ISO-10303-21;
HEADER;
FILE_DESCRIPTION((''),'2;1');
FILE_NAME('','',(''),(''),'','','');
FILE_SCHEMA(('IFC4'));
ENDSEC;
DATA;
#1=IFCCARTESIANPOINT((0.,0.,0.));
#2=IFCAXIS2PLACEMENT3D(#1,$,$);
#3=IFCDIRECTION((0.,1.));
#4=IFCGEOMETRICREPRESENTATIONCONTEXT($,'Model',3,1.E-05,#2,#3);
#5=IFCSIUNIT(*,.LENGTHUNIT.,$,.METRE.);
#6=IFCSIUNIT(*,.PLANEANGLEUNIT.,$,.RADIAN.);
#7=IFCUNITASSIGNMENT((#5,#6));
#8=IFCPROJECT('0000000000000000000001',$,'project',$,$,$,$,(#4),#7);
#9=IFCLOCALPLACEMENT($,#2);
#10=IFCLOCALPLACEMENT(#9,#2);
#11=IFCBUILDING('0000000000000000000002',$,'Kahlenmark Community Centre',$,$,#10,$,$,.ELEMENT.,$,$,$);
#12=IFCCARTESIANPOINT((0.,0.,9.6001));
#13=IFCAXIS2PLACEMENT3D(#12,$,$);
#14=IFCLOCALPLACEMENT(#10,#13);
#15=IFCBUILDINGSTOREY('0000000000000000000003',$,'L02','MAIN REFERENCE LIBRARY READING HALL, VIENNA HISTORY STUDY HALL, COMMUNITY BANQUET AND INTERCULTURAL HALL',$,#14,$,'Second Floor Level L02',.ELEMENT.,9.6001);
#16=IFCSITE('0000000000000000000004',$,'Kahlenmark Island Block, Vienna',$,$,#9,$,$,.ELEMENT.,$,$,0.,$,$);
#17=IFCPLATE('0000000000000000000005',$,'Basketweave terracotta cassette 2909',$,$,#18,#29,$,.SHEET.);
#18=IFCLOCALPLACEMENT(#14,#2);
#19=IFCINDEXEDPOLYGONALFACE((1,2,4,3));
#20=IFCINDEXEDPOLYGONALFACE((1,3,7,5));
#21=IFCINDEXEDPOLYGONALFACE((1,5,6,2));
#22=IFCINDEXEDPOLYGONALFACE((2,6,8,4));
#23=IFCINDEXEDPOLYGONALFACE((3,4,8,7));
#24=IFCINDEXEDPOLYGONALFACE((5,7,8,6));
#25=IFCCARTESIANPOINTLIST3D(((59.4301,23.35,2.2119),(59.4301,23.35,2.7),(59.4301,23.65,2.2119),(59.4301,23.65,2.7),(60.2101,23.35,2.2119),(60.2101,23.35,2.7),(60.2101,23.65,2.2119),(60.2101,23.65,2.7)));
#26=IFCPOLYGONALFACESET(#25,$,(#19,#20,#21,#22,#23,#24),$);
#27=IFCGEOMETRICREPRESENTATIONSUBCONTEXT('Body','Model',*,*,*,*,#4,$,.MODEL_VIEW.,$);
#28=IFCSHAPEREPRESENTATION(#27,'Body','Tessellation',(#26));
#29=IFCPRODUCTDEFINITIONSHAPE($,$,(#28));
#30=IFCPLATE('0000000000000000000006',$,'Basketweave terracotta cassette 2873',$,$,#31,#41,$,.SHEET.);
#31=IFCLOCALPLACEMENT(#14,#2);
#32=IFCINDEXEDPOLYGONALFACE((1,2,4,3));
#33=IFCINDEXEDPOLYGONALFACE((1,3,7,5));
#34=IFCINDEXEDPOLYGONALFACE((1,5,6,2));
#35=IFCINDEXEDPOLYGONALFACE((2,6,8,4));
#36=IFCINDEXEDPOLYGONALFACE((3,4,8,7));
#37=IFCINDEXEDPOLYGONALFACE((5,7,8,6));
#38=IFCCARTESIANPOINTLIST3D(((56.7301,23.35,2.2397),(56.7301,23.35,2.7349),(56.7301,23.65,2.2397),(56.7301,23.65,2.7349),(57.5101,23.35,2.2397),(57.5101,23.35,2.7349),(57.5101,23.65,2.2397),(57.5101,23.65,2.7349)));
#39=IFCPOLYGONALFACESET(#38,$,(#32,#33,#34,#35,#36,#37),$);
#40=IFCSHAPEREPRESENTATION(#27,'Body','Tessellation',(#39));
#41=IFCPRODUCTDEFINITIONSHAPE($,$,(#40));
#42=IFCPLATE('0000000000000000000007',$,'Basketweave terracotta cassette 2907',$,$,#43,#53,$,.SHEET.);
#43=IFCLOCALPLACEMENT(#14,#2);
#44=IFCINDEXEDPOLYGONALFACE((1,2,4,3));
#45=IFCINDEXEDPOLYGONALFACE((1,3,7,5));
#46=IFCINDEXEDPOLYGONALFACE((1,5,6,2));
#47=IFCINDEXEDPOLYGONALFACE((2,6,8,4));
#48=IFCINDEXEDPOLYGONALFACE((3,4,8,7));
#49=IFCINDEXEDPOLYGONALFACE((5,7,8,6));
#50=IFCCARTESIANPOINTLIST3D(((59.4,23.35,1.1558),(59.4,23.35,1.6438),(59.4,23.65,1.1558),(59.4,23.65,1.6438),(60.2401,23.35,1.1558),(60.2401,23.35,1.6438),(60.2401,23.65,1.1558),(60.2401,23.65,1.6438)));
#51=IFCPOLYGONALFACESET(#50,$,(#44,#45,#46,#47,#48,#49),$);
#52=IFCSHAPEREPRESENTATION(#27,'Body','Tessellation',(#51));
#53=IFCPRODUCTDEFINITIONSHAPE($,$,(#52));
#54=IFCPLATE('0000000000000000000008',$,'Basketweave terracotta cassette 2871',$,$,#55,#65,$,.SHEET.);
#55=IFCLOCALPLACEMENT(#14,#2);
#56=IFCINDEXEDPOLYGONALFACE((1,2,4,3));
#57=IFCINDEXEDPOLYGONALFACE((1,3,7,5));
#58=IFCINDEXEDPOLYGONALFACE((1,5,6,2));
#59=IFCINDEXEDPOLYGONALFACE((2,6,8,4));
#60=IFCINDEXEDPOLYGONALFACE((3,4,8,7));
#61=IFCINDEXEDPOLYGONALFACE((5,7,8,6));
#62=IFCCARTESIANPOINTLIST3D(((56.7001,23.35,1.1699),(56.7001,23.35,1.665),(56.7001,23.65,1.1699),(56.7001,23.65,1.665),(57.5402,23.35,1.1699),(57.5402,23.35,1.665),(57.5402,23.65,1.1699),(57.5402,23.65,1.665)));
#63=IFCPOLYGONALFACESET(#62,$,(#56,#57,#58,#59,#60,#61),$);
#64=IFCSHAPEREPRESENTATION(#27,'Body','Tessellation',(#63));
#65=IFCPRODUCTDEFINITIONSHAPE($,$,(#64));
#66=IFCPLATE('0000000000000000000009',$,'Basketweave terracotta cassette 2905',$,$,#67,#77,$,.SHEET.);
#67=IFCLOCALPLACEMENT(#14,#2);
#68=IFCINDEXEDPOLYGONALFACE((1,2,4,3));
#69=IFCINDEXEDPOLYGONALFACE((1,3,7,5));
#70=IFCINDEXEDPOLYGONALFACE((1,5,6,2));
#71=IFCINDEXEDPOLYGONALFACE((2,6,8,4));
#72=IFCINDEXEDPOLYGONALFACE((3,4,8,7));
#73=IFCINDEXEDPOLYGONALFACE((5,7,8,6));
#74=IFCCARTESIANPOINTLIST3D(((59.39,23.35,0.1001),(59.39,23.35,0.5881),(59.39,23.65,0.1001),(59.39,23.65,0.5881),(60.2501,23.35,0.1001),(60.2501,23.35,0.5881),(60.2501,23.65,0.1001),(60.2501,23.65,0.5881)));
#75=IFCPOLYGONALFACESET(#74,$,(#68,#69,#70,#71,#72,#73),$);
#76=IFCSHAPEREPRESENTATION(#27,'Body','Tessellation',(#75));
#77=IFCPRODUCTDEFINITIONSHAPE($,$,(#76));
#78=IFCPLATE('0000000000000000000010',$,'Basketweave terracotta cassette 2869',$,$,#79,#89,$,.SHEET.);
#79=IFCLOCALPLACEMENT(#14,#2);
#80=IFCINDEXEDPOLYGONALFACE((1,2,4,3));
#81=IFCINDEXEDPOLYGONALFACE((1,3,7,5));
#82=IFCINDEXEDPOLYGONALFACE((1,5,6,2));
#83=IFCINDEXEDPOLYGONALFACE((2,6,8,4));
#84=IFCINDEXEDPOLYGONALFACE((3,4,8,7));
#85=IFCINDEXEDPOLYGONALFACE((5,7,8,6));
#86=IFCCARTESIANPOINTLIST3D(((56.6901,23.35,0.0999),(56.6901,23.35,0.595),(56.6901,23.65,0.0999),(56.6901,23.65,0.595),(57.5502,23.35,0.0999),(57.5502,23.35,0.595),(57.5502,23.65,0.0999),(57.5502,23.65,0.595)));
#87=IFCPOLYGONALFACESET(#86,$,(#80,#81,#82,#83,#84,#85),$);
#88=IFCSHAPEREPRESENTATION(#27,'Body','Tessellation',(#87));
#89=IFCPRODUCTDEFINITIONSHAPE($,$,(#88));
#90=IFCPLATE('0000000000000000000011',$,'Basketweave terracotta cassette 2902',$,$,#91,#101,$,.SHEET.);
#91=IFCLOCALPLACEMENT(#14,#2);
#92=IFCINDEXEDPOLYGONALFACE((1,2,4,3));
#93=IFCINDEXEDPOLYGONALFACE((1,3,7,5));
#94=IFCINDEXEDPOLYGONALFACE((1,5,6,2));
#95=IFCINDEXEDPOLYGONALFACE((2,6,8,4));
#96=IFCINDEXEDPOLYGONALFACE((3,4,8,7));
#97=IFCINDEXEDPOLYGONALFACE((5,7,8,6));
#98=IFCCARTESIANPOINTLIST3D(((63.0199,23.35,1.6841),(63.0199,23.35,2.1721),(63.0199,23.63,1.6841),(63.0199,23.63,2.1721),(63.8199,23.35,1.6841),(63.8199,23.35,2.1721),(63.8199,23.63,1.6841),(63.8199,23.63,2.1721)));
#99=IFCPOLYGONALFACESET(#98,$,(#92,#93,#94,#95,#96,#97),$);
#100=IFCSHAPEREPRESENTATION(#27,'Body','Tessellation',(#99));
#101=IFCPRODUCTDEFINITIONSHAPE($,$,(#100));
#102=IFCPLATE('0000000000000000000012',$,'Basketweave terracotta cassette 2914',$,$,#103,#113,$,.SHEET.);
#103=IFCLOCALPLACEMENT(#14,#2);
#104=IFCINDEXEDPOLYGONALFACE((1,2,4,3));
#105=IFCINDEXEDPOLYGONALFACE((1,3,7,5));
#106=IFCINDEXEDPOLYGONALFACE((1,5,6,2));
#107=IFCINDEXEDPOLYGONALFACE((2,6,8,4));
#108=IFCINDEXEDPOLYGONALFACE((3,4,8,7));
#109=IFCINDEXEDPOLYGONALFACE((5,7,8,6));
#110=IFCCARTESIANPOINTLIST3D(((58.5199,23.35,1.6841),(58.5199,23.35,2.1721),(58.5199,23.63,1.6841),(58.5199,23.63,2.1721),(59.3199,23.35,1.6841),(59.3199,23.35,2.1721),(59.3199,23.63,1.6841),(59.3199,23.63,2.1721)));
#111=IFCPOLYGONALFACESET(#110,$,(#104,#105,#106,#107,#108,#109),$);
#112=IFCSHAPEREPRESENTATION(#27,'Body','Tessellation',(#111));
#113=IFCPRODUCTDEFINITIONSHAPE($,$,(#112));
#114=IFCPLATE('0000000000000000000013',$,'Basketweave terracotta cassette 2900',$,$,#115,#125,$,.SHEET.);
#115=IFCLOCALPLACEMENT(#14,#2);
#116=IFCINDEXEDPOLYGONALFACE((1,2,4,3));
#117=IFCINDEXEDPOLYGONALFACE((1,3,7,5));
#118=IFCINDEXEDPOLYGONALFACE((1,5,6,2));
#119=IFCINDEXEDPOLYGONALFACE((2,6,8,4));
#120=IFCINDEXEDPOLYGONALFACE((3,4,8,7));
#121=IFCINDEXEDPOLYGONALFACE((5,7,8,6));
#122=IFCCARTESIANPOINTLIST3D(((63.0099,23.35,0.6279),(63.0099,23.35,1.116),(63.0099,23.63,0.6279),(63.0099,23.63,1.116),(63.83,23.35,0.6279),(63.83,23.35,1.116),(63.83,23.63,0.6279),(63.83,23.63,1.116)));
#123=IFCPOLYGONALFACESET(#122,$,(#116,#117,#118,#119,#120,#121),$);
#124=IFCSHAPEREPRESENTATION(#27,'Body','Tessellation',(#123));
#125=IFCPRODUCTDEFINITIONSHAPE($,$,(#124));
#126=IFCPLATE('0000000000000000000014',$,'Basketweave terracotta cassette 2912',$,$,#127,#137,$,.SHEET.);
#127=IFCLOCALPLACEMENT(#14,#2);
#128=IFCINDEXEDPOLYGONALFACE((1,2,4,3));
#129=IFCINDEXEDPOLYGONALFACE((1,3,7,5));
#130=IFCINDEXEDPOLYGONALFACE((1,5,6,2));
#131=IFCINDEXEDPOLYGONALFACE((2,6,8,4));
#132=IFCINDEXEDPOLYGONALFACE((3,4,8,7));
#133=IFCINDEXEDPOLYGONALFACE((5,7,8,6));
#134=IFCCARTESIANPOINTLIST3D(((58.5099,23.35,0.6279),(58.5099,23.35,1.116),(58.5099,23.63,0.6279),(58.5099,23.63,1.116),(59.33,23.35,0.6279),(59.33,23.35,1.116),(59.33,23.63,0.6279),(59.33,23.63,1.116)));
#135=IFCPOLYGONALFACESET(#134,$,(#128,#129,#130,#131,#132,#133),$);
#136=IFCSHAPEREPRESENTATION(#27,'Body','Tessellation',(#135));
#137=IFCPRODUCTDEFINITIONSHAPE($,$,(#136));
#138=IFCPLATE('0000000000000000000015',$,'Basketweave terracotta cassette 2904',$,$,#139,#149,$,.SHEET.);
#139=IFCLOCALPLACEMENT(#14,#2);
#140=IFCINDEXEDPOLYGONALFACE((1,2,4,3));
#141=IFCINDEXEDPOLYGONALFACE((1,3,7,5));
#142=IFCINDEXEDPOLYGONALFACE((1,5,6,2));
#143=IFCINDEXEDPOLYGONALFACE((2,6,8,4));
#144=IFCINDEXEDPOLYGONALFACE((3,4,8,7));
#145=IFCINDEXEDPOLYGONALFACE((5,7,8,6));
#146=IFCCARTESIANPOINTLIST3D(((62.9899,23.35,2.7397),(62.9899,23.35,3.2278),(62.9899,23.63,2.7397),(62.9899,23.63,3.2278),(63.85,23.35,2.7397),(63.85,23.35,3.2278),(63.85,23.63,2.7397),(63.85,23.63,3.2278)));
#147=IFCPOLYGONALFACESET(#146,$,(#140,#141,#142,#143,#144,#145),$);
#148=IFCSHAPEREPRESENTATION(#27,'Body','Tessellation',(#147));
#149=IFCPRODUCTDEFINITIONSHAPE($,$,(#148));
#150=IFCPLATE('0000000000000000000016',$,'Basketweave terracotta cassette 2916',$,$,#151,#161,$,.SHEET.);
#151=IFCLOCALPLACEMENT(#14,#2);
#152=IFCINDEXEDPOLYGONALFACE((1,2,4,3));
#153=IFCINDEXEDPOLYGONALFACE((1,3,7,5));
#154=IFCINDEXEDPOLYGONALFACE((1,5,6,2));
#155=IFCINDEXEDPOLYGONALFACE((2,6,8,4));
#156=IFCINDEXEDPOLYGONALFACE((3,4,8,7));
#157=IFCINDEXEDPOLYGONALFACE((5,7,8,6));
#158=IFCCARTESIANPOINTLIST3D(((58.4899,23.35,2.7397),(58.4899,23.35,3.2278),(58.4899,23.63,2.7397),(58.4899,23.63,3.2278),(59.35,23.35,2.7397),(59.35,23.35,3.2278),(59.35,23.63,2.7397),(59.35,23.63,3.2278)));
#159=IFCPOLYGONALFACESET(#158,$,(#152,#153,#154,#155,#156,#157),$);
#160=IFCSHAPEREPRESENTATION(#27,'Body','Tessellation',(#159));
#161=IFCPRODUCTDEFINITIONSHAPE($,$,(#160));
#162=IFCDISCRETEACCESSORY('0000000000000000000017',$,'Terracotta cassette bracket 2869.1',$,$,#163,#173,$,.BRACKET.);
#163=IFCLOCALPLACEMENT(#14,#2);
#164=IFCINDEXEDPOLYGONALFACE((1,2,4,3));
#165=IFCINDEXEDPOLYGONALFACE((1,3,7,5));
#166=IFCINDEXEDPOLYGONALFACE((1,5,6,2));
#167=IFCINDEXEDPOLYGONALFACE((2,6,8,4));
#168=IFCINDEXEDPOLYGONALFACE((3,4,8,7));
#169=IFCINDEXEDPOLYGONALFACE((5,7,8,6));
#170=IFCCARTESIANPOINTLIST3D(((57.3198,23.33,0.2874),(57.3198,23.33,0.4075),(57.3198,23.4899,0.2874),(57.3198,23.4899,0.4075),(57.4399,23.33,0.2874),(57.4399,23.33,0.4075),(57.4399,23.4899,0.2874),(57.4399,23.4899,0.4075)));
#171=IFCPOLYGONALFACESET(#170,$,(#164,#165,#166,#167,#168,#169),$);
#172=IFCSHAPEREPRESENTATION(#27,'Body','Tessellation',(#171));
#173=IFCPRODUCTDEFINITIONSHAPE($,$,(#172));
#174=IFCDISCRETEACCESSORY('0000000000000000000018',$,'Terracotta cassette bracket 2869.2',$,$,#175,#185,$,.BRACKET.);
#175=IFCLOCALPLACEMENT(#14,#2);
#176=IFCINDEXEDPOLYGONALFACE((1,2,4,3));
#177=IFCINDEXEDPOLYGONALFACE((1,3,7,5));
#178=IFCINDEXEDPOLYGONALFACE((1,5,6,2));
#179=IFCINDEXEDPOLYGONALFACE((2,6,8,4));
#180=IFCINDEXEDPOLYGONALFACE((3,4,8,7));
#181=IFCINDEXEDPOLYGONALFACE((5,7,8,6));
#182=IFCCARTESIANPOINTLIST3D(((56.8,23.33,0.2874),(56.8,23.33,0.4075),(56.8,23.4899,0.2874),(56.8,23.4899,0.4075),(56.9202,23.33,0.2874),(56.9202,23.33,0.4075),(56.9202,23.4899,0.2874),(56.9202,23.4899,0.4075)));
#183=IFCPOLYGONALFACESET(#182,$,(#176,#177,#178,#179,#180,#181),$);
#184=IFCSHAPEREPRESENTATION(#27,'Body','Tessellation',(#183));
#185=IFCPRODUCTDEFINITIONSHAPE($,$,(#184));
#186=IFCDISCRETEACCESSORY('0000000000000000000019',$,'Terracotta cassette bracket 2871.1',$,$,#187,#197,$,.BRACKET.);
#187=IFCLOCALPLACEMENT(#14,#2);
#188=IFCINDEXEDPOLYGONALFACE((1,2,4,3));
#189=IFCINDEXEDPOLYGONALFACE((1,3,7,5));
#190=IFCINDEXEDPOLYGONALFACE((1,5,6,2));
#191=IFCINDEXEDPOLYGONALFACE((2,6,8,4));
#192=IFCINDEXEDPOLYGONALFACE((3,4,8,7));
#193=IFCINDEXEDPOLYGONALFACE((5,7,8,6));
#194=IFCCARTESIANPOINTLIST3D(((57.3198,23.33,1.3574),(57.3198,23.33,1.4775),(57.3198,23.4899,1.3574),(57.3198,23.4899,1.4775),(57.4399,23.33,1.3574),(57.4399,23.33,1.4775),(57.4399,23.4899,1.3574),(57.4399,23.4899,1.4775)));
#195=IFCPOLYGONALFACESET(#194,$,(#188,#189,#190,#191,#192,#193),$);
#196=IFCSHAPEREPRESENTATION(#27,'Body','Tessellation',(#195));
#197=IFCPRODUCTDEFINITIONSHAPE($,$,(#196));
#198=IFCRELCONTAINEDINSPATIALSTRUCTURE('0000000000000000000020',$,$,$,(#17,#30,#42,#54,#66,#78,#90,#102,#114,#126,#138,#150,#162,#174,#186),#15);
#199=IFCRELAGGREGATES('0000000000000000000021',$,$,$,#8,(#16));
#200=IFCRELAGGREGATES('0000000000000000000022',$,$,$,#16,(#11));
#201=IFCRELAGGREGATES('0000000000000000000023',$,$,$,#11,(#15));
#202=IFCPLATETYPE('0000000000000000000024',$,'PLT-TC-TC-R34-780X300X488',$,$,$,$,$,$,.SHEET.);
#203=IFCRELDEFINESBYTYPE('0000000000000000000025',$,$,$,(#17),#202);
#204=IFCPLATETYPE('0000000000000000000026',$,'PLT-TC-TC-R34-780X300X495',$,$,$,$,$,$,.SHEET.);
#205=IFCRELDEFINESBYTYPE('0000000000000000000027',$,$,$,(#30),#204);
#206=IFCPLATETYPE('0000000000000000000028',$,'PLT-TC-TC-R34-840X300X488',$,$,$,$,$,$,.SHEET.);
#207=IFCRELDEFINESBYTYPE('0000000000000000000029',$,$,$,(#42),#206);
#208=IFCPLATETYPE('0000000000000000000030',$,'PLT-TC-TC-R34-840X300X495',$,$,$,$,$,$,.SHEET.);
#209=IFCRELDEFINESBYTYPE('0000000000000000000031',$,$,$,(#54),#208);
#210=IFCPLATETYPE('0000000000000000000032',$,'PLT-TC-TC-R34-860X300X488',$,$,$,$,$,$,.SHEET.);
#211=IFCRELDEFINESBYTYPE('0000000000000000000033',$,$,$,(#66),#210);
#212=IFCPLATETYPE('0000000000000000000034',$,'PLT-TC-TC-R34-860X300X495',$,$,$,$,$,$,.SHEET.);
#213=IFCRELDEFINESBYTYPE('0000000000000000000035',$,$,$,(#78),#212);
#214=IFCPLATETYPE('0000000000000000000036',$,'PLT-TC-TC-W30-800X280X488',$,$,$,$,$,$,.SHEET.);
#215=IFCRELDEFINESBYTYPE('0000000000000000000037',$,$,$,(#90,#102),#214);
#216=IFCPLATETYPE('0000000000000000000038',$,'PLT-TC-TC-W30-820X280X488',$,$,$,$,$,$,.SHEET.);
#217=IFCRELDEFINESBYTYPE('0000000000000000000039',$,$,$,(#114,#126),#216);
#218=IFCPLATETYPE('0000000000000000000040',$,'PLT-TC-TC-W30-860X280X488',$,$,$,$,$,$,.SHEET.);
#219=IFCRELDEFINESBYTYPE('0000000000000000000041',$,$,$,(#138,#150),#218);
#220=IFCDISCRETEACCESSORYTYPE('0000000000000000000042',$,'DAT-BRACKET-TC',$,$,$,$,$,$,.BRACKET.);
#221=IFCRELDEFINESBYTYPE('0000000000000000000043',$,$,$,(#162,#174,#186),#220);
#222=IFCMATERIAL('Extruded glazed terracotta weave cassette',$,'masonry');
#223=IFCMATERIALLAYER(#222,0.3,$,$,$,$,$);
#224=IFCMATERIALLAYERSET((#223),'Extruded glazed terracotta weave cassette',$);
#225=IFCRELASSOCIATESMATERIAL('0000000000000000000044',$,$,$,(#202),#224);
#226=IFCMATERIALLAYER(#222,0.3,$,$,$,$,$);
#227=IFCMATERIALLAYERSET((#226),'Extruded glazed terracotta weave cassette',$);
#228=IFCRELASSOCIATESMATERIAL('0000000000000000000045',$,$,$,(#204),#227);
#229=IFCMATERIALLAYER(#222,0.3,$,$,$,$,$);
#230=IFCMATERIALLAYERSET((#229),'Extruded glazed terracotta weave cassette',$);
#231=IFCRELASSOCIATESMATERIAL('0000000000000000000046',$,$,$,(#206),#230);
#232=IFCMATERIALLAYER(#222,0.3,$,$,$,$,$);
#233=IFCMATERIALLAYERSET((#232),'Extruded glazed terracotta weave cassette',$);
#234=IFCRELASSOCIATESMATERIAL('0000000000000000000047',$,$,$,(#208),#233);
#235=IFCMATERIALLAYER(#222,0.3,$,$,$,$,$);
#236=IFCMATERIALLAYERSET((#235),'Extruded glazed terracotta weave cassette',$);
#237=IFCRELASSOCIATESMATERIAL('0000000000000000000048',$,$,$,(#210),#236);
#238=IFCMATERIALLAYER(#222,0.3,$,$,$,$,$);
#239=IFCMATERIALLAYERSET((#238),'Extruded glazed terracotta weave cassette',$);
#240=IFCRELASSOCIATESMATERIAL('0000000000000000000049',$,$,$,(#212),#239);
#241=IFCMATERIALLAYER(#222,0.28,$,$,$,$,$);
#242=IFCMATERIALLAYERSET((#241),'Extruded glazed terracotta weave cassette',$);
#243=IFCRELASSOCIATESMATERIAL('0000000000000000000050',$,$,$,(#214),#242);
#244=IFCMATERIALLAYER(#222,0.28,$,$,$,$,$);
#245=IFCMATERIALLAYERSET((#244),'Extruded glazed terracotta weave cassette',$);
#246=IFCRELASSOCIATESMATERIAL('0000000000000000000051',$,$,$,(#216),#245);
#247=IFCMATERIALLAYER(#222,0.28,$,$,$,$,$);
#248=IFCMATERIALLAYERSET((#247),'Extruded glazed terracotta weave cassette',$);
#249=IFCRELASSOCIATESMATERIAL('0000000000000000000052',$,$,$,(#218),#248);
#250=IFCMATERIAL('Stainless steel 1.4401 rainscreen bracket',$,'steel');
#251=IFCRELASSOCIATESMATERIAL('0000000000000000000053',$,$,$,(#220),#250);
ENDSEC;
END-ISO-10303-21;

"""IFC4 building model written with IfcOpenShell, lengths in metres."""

from ifc_helpers import new_model, si_unit, direction, frame, origin, origin_2d, place, context, subcontext, project, spatial, rectangle, extrude, material, layer, layer_set, type_object, element, save


model = new_model("IFC4")

# Units and contexts
model_context = context("Model", 3, precision=1e-05, world=origin(), true_north=direction((0.0, 1.0)))
body_context = subcontext(model_context, "Body", "Model", "MODEL_VIEW")
ifc_project = project(units=[si_unit("LENGTHUNIT", "METRE"), si_unit("PLANEANGLEUNIT", "RADIAN")], contexts=[model_context])

# Site, building, storey
site_placement = place(None, origin())
site = spatial("IfcSite", under=ifc_project, at=site_placement, Name="Kahlenmark Island Block, Vienna", CompositionType="ELEMENT", RefElevation=0.0)
building_placement = place(site_placement, origin())
building = spatial("IfcBuilding", under=site, at=building_placement, Name="Kahlenmark Community Centre", CompositionType="ELEMENT")
storey_placement = place(building_placement, frame((0.0, 0.0, 9.6001)))
storey = spatial("IfcBuildingStorey", under=building, at=storey_placement, Name="L02", Description="MAIN REFERENCE LIBRARY READING HALL, VIENNA HISTORY STUDY HALL, COMMUNITY BANQUET AND INTERCULTURAL HALL", LongName="Second Floor Level L02", CompositionType="ELEMENT", Elevation=9.6001)

# Plates
ifc_material_1 = material(Name="Extruded glazed terracotta weave cassette", Category="masonry")
ifc_layer_1 = layer(ifc_material_1, 0.3)
ifc_layer_set_1 = layer_set([ifc_layer_1], Name="Extruded glazed terracotta weave cassette")
plate_type_1 = type_object("IfcPlateType", Name="PLT-TC-TC-R34-780X300X488", PredefinedType="SHEET", material=ifc_layer_set_1)
plate_1_placement = place(storey_placement, frame((59.8201, 23.5, 2.2119), z_axis=(0.0, 0.0, 1.0), x_axis=(-1.0, 0.0, 0.0)))
element("IfcPlate", 1, at=plate_1_placement, inside=storey, type_object=plate_type_1, Name="Basketweave terracotta cassette 2909", PredefinedType="SHEET", context=body_context, shape_type="SweptSolid", body=[
    extrude(rectangle(XDim=0.78, YDim=0.3, at=origin_2d()), origin(), (0.0, 0.0, 1.0), 0.488),
])
ifc_layer_2 = layer(ifc_material_1, 0.3)
ifc_layer_set_2 = layer_set([ifc_layer_2], Name="Extruded glazed terracotta weave cassette")
plate_type_2 = type_object("IfcPlateType", Name="PLT-TC-TC-R34-780X300X495", PredefinedType="SHEET", material=ifc_layer_set_2)
plate_2_placement = place(storey_placement, frame((57.1201, 23.5, 2.2397), z_axis=(0.0, 0.0, 1.0), x_axis=(-1.0, 0.0, 0.0)))
element("IfcPlate", 2, at=plate_2_placement, inside=storey, type_object=plate_type_2, Name="Basketweave terracotta cassette 2873", PredefinedType="SHEET", context=body_context, shape_type="SweptSolid", body=[
    extrude(rectangle(XDim=0.78, YDim=0.3, at=origin_2d()), origin(), (0.0, 0.0, 1.0), 0.4951),
])
ifc_layer_3 = layer(ifc_material_1, 0.3)
ifc_layer_set_3 = layer_set([ifc_layer_3], Name="Extruded glazed terracotta weave cassette")
plate_type_3 = type_object("IfcPlateType", Name="PLT-TC-TC-R34-840X300X488", PredefinedType="SHEET", material=ifc_layer_set_3)
plate_3_placement = place(storey_placement, frame((59.8201, 23.5, 1.1558), z_axis=(0.0, 0.0, 1.0), x_axis=(-1.0, 0.0, 0.0)))
element("IfcPlate", 3, at=plate_3_placement, inside=storey, type_object=plate_type_3, Name="Basketweave terracotta cassette 2907", PredefinedType="SHEET", context=body_context, shape_type="SweptSolid", body=[
    extrude(rectangle(XDim=0.8401, YDim=0.3, at=origin_2d()), origin(), (0.0, 0.0, 1.0), 0.488),
])
ifc_layer_4 = layer(ifc_material_1, 0.3)
ifc_layer_set_4 = layer_set([ifc_layer_4], Name="Extruded glazed terracotta weave cassette")
plate_type_4 = type_object("IfcPlateType", Name="PLT-TC-TC-R34-840X300X495", PredefinedType="SHEET", material=ifc_layer_set_4)
plate_4_placement = place(storey_placement, frame((57.1201, 23.5, 1.1699), z_axis=(0.0, 0.0, 1.0), x_axis=(-1.0, 0.0, 0.0)))
element("IfcPlate", 4, at=plate_4_placement, inside=storey, type_object=plate_type_4, Name="Basketweave terracotta cassette 2871", PredefinedType="SHEET", context=body_context, shape_type="SweptSolid", body=[
    extrude(rectangle(XDim=0.8401, YDim=0.3, at=origin_2d()), origin(), (0.0, 0.0, 1.0), 0.4951),
])
ifc_layer_5 = layer(ifc_material_1, 0.3)
ifc_layer_set_5 = layer_set([ifc_layer_5], Name="Extruded glazed terracotta weave cassette")
plate_type_5 = type_object("IfcPlateType", Name="PLT-TC-TC-R34-860X300X488", PredefinedType="SHEET", material=ifc_layer_set_5)
plate_5_placement = place(storey_placement, frame((59.8201, 23.5, 0.1001), z_axis=(0.0, 0.0, 1.0), x_axis=(-1.0, 0.0, 0.0)))
element("IfcPlate", 5, at=plate_5_placement, inside=storey, type_object=plate_type_5, Name="Basketweave terracotta cassette 2905", PredefinedType="SHEET", context=body_context, shape_type="SweptSolid", body=[
    extrude(rectangle(XDim=0.8601, YDim=0.3, at=origin_2d()), origin(), (0.0, 0.0, 1.0), 0.488),
])
ifc_layer_6 = layer(ifc_material_1, 0.3)
ifc_layer_set_6 = layer_set([ifc_layer_6], Name="Extruded glazed terracotta weave cassette")
plate_type_6 = type_object("IfcPlateType", Name="PLT-TC-TC-R34-860X300X495", PredefinedType="SHEET", material=ifc_layer_set_6)
plate_6_placement = place(storey_placement, frame((57.1201, 23.5, 0.0999), z_axis=(0.0, 0.0, 1.0), x_axis=(-1.0, 0.0, 0.0)))
element("IfcPlate", 6, at=plate_6_placement, inside=storey, type_object=plate_type_6, Name="Basketweave terracotta cassette 2869", PredefinedType="SHEET", context=body_context, shape_type="SweptSolid", body=[
    extrude(rectangle(XDim=0.8601, YDim=0.3, at=origin_2d()), origin(), (0.0, 0.0, 1.0), 0.4951),
])
ifc_layer_7 = layer(ifc_material_1, 0.28)
ifc_layer_set_7 = layer_set([ifc_layer_7], Name="Extruded glazed terracotta weave cassette")
plate_type_7 = type_object("IfcPlateType", Name="PLT-TC-TC-W30-800X280X488", PredefinedType="SHEET", material=ifc_layer_set_7)
for number, where, z_axis, x_axis, name in (
    (7, (63.4199, 23.49, 1.6841), (0.0, 0.0, 1.0), (-1.0, 0.0, 0.0), "Basketweave terracotta cassette 2902"),
    (8, (58.9199, 23.49, 1.6841), (0.0, 0.0, 1.0), (-1.0, 0.0, 0.0), "Basketweave terracotta cassette 2914"),
):
    element("IfcPlate", number, at=place(storey_placement, frame(where, z_axis=z_axis, x_axis=x_axis)), inside=storey, type_object=plate_type_7, Name=name, PredefinedType="SHEET", context=body_context, shape_type="SweptSolid", body=[
        extrude(rectangle(XDim=0.8, YDim=0.28, at=origin_2d()), origin(), (0.0, 0.0, 1.0), 0.488),
    ])
ifc_layer_8 = layer(ifc_material_1, 0.28)
ifc_layer_set_8 = layer_set([ifc_layer_8], Name="Extruded glazed terracotta weave cassette")
plate_type_8 = type_object("IfcPlateType", Name="PLT-TC-TC-W30-820X280X488", PredefinedType="SHEET", material=ifc_layer_set_8)
for number, where, z_axis, x_axis, name in (
    (9, (63.4199, 23.49, 0.6279), (0.0, 0.0, 1.0), (-1.0, 0.0, 0.0), "Basketweave terracotta cassette 2900"),
    (10, (58.9199, 23.49, 0.6279), (0.0, 0.0, 1.0), (-1.0, 0.0, 0.0), "Basketweave terracotta cassette 2912"),
):
    element("IfcPlate", number, at=place(storey_placement, frame(where, z_axis=z_axis, x_axis=x_axis)), inside=storey, type_object=plate_type_8, Name=name, PredefinedType="SHEET", context=body_context, shape_type="SweptSolid", body=[
        extrude(rectangle(XDim=0.8201, YDim=0.28, at=origin_2d()), origin(), (0.0, 0.0, 1.0), 0.488),
    ])
ifc_layer_9 = layer(ifc_material_1, 0.28)
ifc_layer_set_9 = layer_set([ifc_layer_9], Name="Extruded glazed terracotta weave cassette")
plate_type_9 = type_object("IfcPlateType", Name="PLT-TC-TC-W30-860X280X488", PredefinedType="SHEET", material=ifc_layer_set_9)
for number, where, z_axis, x_axis, name in (
    (11, (63.4199, 23.49, 2.7397), (0.0, 0.0, 1.0), (-1.0, 0.0, 0.0), "Basketweave terracotta cassette 2904"),
    (12, (58.9199, 23.49, 2.7397), (0.0, 0.0, 1.0), (-1.0, 0.0, 0.0), "Basketweave terracotta cassette 2916"),
):
    element("IfcPlate", number, at=place(storey_placement, frame(where, z_axis=z_axis, x_axis=x_axis)), inside=storey, type_object=plate_type_9, Name=name, PredefinedType="SHEET", context=body_context, shape_type="SweptSolid", body=[
        extrude(rectangle(XDim=0.8601, YDim=0.28, at=origin_2d()), origin(), (0.0, 0.0, 1.0), 0.488),
    ])

# Discrete accessories
ifc_material_2 = material(Name="Stainless steel 1.4401 rainscreen bracket", Category="steel")
discrete_accessory_type = type_object("IfcDiscreteAccessoryType", Name="DAT-BRACKET-TC", PredefinedType="BRACKET", material=ifc_material_2)
for number, where, z_axis, x_axis, name in (
    (13, (57.3799, 23.4099, 0.2874), (0.0, 0.0, 1.0), (-1.0, 0.0, 0.0), "Terracotta cassette bracket 2869.1"),
    (14, (56.8601, 23.4099, 0.2874), (0.0, 0.0, 1.0), (-1.0, 0.0, 0.0), "Terracotta cassette bracket 2869.2"),
    (15, (57.3799, 23.4099, 1.3574), (0.0, 0.0, 1.0), (-1.0, 0.0, 0.0), "Terracotta cassette bracket 2871.1"),
):
    element("IfcDiscreteAccessory", number, at=place(storey_placement, frame(where, z_axis=z_axis, x_axis=x_axis)), inside=storey, type_object=discrete_accessory_type, Name=name, PredefinedType="BRACKET", context=body_context, shape_type="SweptSolid", body=[
        extrude(rectangle(XDim=0.1201, YDim=0.1599, at=origin_2d()), origin(), (0.0, 0.0, 1.0), 0.1201),
    ])

save(model, "model.ifc")
